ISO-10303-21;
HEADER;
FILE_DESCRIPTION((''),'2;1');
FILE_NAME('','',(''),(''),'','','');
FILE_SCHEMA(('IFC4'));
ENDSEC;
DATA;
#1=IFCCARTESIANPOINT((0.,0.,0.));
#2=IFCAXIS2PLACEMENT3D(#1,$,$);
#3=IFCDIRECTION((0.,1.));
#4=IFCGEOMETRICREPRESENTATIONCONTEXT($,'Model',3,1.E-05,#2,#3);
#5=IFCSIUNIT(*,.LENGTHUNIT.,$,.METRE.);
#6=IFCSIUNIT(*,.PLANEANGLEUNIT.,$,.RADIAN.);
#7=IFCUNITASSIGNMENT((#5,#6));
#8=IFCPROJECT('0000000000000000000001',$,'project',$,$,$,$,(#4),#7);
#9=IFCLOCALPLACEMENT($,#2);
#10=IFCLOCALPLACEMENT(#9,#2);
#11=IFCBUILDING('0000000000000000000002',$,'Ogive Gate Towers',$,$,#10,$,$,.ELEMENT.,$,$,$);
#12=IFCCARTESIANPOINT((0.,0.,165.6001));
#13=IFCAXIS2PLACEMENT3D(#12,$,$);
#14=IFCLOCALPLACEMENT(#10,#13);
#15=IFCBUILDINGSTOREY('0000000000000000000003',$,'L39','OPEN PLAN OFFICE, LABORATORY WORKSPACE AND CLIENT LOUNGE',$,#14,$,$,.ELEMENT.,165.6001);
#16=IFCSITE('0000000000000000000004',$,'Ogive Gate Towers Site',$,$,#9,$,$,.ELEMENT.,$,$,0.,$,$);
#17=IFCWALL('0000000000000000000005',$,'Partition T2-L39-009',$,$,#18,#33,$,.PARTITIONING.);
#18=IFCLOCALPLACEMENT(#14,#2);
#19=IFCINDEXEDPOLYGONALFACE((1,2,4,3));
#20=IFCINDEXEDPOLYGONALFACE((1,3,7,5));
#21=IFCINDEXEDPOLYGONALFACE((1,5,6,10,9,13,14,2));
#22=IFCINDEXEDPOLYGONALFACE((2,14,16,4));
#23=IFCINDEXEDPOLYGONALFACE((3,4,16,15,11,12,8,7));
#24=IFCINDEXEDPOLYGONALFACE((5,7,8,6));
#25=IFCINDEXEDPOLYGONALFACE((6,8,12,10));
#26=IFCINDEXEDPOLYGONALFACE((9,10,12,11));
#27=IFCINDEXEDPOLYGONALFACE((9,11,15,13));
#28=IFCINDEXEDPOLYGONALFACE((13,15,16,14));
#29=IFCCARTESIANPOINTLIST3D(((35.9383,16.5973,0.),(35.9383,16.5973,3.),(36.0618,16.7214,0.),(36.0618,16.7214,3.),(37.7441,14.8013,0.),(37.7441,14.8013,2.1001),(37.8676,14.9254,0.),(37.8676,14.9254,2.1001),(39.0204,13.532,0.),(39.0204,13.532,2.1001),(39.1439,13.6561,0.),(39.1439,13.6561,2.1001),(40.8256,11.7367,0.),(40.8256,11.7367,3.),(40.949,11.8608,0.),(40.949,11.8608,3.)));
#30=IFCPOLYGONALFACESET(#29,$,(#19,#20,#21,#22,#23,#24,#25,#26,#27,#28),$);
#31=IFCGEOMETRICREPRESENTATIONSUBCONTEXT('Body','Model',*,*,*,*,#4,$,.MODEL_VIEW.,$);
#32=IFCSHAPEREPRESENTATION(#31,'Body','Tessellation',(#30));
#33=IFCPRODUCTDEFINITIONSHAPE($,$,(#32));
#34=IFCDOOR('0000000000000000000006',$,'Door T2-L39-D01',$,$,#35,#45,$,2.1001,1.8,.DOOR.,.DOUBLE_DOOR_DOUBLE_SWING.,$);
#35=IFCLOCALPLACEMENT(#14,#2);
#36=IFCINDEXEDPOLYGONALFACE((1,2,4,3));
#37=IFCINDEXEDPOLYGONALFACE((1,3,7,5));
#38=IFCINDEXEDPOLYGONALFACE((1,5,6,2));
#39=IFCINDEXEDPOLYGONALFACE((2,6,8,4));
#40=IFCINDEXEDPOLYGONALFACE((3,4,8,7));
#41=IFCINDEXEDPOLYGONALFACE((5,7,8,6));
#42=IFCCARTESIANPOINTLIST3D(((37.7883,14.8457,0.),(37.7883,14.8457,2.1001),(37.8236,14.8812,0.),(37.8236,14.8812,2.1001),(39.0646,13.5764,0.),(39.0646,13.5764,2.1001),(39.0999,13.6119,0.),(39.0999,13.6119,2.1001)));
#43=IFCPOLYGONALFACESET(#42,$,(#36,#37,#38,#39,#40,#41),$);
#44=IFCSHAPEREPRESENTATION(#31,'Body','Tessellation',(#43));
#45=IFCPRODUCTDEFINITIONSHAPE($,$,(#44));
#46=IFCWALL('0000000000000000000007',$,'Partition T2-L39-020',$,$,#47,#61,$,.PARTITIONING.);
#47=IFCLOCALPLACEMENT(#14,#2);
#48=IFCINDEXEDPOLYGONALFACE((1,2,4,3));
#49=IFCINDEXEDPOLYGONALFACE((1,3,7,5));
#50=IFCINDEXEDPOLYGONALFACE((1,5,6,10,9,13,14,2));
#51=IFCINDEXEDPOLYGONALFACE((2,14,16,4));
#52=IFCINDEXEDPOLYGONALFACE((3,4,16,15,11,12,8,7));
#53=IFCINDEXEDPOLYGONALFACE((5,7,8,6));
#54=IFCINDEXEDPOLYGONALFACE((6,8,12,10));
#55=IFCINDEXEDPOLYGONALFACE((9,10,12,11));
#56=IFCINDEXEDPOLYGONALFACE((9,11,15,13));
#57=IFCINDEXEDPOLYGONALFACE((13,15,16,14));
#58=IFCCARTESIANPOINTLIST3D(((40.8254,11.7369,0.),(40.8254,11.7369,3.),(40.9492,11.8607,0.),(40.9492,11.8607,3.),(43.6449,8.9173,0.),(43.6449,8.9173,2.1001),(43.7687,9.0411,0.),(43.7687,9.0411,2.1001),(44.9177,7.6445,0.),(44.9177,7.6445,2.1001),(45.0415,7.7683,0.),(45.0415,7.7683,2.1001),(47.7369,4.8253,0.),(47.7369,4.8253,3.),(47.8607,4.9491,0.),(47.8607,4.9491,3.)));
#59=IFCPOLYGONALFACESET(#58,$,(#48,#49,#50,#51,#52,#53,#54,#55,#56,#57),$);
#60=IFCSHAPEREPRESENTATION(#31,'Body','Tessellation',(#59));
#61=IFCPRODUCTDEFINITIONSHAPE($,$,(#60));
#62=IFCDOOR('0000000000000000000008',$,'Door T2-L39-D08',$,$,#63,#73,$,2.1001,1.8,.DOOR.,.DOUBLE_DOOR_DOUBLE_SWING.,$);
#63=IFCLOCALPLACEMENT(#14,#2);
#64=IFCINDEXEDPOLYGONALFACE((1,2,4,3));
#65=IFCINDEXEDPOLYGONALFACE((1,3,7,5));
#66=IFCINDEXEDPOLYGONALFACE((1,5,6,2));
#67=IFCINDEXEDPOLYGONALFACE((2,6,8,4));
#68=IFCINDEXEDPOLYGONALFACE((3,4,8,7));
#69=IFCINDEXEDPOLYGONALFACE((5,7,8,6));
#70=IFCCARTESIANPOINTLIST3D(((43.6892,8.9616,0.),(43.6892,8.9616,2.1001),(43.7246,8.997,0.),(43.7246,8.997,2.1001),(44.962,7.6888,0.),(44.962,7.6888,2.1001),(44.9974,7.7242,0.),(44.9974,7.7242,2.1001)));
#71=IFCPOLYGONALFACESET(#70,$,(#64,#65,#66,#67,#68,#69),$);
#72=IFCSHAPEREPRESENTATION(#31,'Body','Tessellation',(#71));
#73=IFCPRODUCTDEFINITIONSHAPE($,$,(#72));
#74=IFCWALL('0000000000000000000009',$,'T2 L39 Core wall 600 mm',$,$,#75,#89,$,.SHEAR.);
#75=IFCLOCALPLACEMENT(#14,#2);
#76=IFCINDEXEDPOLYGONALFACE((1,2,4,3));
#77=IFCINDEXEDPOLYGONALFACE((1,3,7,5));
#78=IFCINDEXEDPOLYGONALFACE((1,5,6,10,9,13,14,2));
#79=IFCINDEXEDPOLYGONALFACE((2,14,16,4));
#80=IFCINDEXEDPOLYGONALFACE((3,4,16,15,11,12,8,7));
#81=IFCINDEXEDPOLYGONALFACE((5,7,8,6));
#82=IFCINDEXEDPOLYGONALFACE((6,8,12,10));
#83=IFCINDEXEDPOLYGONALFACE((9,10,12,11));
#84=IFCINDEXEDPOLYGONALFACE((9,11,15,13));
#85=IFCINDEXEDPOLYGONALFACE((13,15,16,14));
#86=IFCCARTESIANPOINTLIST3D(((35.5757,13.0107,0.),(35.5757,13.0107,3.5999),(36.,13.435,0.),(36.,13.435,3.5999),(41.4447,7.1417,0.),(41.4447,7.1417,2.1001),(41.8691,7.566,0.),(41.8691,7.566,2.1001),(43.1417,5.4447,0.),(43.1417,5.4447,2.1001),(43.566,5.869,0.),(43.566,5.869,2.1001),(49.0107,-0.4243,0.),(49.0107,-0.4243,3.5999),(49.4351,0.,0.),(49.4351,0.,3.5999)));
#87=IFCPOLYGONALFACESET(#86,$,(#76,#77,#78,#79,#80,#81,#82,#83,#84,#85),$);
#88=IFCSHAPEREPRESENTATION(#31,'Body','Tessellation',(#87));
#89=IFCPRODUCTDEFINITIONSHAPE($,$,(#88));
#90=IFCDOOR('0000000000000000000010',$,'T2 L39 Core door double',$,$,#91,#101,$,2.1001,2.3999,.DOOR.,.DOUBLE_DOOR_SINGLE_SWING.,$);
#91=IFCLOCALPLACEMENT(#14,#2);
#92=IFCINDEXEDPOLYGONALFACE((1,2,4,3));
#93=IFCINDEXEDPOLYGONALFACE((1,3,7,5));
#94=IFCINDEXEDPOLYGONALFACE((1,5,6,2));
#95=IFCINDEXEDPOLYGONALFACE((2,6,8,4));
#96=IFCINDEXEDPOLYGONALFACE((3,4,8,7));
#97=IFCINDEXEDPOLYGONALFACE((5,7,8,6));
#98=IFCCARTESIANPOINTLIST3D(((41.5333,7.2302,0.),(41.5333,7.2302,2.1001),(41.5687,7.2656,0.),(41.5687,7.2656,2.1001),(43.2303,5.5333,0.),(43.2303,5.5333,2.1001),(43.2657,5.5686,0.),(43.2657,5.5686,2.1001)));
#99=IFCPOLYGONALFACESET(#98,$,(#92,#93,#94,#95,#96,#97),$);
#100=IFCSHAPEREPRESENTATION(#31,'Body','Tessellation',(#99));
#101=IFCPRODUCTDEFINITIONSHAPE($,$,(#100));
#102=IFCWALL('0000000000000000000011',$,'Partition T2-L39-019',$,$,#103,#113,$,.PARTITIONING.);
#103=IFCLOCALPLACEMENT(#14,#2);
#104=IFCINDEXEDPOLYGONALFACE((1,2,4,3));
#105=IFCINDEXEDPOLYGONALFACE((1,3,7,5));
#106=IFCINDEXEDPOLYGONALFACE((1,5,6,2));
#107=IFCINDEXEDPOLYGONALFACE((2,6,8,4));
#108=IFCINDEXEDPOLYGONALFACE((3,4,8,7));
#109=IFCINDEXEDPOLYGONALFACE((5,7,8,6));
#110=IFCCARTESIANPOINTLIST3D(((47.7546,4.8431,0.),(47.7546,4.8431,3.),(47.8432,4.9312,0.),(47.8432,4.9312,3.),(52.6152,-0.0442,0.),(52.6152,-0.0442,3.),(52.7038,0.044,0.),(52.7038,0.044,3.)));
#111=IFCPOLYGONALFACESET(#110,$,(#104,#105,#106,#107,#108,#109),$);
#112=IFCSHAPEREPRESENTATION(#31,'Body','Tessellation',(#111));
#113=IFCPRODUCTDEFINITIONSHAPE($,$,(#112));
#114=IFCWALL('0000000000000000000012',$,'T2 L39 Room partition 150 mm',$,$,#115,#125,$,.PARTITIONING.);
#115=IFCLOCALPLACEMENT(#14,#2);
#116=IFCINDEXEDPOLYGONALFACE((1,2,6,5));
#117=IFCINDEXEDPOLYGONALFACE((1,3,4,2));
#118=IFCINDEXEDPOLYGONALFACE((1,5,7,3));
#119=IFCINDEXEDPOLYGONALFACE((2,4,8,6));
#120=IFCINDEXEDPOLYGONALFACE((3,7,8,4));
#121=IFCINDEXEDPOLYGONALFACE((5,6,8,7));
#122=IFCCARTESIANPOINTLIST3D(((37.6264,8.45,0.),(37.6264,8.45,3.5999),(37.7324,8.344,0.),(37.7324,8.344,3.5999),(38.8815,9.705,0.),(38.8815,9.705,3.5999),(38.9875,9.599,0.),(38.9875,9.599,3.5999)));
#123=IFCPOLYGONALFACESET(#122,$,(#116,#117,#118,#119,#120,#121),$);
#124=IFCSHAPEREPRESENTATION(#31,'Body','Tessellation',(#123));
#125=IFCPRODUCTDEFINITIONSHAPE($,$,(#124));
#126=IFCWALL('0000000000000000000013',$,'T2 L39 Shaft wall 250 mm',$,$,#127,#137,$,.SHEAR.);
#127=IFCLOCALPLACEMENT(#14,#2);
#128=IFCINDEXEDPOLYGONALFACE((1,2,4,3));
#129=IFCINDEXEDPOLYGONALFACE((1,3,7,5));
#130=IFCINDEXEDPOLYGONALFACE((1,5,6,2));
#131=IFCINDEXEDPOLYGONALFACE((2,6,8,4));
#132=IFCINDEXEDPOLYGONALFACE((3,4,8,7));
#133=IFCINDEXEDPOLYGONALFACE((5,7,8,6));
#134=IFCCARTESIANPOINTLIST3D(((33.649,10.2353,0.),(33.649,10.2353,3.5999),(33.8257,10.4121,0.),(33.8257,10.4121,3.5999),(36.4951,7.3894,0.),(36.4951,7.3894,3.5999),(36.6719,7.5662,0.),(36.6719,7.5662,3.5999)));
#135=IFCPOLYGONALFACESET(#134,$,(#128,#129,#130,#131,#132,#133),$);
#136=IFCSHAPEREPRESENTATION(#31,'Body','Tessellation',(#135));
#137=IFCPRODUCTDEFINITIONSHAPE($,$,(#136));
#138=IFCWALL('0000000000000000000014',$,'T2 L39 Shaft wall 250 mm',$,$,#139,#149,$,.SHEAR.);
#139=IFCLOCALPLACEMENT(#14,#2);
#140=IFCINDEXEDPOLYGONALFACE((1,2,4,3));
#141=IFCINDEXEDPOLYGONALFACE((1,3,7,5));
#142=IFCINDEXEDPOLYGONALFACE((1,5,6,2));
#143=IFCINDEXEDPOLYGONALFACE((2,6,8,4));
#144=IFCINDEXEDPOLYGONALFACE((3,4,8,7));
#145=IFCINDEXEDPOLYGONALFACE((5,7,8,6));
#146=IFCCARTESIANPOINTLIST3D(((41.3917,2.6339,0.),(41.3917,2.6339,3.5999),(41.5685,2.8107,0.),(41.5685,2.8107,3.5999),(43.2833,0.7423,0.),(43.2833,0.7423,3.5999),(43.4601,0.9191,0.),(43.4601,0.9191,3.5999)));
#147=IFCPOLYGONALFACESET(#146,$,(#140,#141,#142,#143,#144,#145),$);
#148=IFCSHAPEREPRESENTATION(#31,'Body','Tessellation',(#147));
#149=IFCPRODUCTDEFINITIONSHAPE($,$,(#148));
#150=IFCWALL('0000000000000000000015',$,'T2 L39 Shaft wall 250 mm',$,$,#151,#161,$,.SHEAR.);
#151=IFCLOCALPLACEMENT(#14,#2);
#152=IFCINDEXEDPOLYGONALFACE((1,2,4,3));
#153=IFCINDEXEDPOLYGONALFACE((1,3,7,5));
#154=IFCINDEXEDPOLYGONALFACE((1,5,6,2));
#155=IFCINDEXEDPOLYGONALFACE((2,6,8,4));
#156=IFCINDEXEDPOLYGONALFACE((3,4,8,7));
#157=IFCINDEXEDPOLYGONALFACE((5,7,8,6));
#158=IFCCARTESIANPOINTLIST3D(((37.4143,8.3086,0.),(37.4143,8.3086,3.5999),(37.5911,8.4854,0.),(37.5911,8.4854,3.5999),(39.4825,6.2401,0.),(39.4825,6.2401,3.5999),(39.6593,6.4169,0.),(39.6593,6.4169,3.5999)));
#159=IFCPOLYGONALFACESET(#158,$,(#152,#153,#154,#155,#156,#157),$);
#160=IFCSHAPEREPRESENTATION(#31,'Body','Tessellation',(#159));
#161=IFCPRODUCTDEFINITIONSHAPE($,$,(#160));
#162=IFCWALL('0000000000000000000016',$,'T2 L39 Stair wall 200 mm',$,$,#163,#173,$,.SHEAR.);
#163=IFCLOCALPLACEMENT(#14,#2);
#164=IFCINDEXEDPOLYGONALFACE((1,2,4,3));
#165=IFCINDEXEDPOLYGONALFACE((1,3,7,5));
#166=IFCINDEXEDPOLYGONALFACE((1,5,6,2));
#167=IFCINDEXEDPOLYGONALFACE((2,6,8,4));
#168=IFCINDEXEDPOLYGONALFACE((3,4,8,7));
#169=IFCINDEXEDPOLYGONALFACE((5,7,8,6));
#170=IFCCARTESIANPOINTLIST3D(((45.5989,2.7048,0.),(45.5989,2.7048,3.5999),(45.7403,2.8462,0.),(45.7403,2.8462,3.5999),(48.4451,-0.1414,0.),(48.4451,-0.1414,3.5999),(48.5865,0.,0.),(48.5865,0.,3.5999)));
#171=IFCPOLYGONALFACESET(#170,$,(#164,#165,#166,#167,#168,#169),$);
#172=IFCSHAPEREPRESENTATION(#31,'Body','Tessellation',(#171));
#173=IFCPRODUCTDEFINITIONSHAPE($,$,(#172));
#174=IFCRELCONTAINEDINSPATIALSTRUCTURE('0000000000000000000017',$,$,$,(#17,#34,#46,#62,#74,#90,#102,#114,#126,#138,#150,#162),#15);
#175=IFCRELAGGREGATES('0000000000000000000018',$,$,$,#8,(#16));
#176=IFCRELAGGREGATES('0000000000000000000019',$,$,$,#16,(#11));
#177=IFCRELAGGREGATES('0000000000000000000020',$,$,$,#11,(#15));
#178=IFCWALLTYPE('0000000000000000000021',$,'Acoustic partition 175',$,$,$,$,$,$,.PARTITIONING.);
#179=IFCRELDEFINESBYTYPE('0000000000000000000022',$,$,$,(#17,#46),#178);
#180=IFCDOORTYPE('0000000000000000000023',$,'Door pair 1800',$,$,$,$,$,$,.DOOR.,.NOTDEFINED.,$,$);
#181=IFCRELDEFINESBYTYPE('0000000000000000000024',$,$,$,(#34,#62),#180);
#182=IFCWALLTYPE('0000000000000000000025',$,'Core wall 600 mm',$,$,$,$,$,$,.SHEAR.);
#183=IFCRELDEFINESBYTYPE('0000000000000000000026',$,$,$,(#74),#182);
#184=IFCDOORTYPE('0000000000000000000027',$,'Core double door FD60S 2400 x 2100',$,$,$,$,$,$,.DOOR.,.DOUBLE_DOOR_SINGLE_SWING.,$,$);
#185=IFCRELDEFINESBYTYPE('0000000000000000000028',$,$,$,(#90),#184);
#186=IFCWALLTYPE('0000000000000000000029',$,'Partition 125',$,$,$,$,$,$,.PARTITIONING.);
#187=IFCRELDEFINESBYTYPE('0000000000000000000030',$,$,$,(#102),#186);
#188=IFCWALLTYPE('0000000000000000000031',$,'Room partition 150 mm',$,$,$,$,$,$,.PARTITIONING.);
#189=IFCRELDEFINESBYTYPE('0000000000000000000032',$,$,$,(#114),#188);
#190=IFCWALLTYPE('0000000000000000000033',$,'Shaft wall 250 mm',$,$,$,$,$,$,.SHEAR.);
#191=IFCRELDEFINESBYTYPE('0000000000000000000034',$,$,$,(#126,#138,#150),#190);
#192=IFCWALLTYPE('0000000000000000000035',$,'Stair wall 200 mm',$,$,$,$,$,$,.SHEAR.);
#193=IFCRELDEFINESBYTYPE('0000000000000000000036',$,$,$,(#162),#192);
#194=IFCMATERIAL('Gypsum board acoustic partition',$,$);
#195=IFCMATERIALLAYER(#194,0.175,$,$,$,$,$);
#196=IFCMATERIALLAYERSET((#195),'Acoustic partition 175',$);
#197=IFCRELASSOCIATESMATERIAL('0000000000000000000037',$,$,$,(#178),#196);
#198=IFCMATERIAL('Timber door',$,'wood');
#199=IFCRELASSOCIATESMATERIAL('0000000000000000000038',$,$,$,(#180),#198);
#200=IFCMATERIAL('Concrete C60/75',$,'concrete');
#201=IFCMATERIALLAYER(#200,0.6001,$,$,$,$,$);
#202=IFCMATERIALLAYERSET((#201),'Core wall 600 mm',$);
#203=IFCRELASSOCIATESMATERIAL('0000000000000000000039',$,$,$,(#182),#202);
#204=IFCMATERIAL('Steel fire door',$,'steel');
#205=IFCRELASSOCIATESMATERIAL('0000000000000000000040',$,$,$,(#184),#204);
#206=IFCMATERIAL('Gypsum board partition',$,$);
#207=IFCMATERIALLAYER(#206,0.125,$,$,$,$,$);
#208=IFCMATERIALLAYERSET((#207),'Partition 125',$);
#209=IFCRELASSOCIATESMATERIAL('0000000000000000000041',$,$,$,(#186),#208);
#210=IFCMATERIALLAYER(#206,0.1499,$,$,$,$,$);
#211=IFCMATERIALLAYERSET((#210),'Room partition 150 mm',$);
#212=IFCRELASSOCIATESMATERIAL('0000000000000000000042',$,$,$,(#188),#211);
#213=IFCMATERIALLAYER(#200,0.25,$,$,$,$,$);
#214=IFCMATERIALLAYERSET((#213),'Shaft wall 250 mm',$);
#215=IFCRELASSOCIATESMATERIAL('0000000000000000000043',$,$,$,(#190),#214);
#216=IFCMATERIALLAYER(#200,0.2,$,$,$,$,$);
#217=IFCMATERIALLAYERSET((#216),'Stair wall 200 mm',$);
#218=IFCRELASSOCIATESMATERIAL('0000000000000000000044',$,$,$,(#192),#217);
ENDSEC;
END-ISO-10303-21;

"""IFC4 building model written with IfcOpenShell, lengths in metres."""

from ifc_helpers import new_model, si_unit, direction, frame, frame_2d, origin, place, context, subcontext, project, spatial, rectangle, extrude, material, layer, layer_set, type_object, element, fill, save


model = new_model("IFC4")

# Units and contexts
model_context = context("Model", 3, precision=1e-05, world=origin(), true_north=direction((0.0, 1.0)))
body_context = subcontext(model_context, "Body", "Model", "MODEL_VIEW")
ifc_project = project(units=[si_unit("LENGTHUNIT", "METRE"), si_unit("PLANEANGLEUNIT", "RADIAN")], contexts=[model_context])

# Site, building, storey
site_placement = place(None, origin())
site = spatial("IfcSite", under=ifc_project, at=site_placement, Name="Ogive Gate Towers Site", CompositionType="ELEMENT", RefElevation=0.0)
building_placement = place(site_placement, origin())
building = spatial("IfcBuilding", under=site, at=building_placement, Name="Ogive Gate Towers", CompositionType="ELEMENT")
storey_placement = place(building_placement, frame((0.0, 0.0, 165.6001)))
storey = spatial("IfcBuildingStorey", under=building, at=storey_placement, Name="L39", Description="OPEN PLAN OFFICE, LABORATORY WORKSPACE AND CLIENT LOUNGE", CompositionType="ELEMENT", Elevation=165.6001)

# Shared definitions
ifc_material_1 = material(Name="Gypsum board acoustic partition")
ifc_layer_1 = layer(ifc_material_1, 0.175)
ifc_layer_set_1 = layer_set([ifc_layer_1], Name="Acoustic partition 175")
wall_type_1 = type_object("IfcWallType", Name="Acoustic partition 175", PredefinedType="PARTITIONING", material=ifc_layer_set_1)

# Walls, openings, doors
wall_1_placement = place(storey_placement, frame((40.8872, 11.7988, 0.0), z_axis=(0.0, 0.0, 1.0), x_axis=(-0.709035, 0.705174, 0.0)))
wall_1 = element("IfcWall", 1, at=wall_1_placement, inside=storey, type_object=wall_type_1, Name="Partition T2-L39-009", PredefinedType="PARTITIONING", context=body_context, shape_type="SweptSolid", body=[
    extrude(rectangle(XDim=6.8928, YDim=0.175, at=frame_2d((3.4463, 0.0))), origin(), (0.0, 0.0, 1.0), 3.0),
])
opening_1_placement = place(wall_1_placement, frame((2.5459, 0.0, 0.0)))
opening_1 = element("IfcOpeningElement", 2, at=opening_1_placement, cuts=wall_1, PredefinedType="OPENING", context=body_context, shape_type="SweptSolid", body=[
    extrude(rectangle(XDim=1.8, YDim=2.1001, at=frame_2d((0.8999, 1.05))), frame((0.0, 0.0977, 0.0), z_axis=(0.0, -1.0, 0.0), x_axis=(1.0, 0.0, 0.0)), (0.0, 0.0, 1.0), 0.1951),
])
ifc_material_2 = material(Name="Timber door", Category="wood")
door_type_1 = type_object("IfcDoorType", Name="Door pair 1800", OperationType="NOTDEFINED", PredefinedType="DOOR", material=ifc_material_2)
door_1_placement = place(opening_1_placement, origin())
door_1 = element("IfcDoor", 3, at=door_1_placement, inside=storey, type_object=door_type_1, Name="Door T2-L39-D01", OperationType="DOUBLE_DOOR_DOUBLE_SWING", OverallHeight=2.1001, OverallWidth=1.8, PredefinedType="DOOR", context=body_context, shape_type="SweptSolid", body=[
    extrude(rectangle(XDim=1.8, YDim=2.1001, at=frame_2d((0.8999, 1.05))), frame((0.0, 0.0249, 0.0), z_axis=(0.0, -1.0, 0.0), x_axis=(1.0, 0.0, 0.0)), (0.0, 0.0, 1.0), 0.05),
])
fill(opening_1, door_1)
wall_2_placement = place(storey_placement, frame((47.7988, 4.8872, 0.0), z_axis=(0.0, 0.0, 1.0), x_axis=(-0.707107, 0.707107, 0.0)))
wall_2 = element("IfcWall", 4, at=wall_2_placement, inside=storey, type_object=wall_type_1, Name="Partition T2-L39-020", PredefinedType="PARTITIONING", context=body_context, shape_type="SweptSolid", body=[
    extrude(rectangle(XDim=9.7744, YDim=0.175, at=frame_2d((4.8872, 0.0))), origin(), (0.0, 0.0, 1.0), 3.0),
])
opening_2_placement = place(wall_2_placement, frame((3.9871, 0.0, 0.0)))
opening_2 = element("IfcOpeningElement", 5, at=opening_2_placement, cuts=wall_2, PredefinedType="OPENING", context=body_context, shape_type="SweptSolid", body=[
    extrude(rectangle(XDim=1.8, YDim=2.1001, at=frame_2d((0.8999, 1.05))), frame((0.0, 0.0977, 0.0), z_axis=(0.0, -1.0, 0.0), x_axis=(1.0, 0.0, 0.0)), (0.0, 0.0, 1.0), 0.1951),
])
door_2_placement = place(opening_2_placement, origin())
door_2 = element("IfcDoor", 6, at=door_2_placement, inside=storey, type_object=door_type_1, Name="Door T2-L39-D08", OperationType="DOUBLE_DOOR_DOUBLE_SWING", OverallHeight=2.1001, OverallWidth=1.8, PredefinedType="DOOR", context=body_context, shape_type="SweptSolid", body=[
    extrude(rectangle(XDim=1.8, YDim=2.1001, at=frame_2d((0.8999, 1.05))), frame((0.0, 0.0249, 0.0), z_axis=(0.0, -1.0, 0.0), x_axis=(1.0, 0.0, 0.0)), (0.0, 0.0, 1.0), 0.05),
])
fill(opening_2, door_2)
ifc_material_3 = material(Name="Concrete C60/75", Category="concrete")
ifc_layer_2 = layer(ifc_material_3, 0.6001)
ifc_layer_set_2 = layer_set([ifc_layer_2], Name="Core wall 600 mm")
wall_type_2 = type_object("IfcWallType", Name="Core wall 600 mm", PredefinedType="SHEAR", material=ifc_layer_set_2)
wall_3_placement = place(storey_placement, frame((49.2229, -0.2122, 0.0), z_axis=(0.0, 0.0, 1.0), x_axis=(-0.707107, 0.707107, 0.0)))
wall_3 = element("IfcWall", 7, at=wall_3_placement, inside=storey, type_object=wall_type_2, Name="T2 L39 Core wall 600 mm", PredefinedType="SHEAR", context=body_context, shape_type="SweptSolid", body=[
    extrude(rectangle(XDim=19.0, YDim=0.6001, at=frame_2d((9.5, 0.0))), origin(), (0.0, 0.0, 1.0), 3.5999),
])
opening_3_placement = place(wall_3_placement, frame((8.3, 0.0, 0.0)))
opening_3 = element("IfcOpeningElement", 8, at=opening_3_placement, cuts=wall_3, PredefinedType="OPENING", context=body_context, shape_type="SweptSolid", body=[
    extrude(rectangle(XDim=2.3999, YDim=2.1001, at=frame_2d((1.2, 1.05))), frame((0.0, 0.3101, 0.0), z_axis=(0.0, -1.0, 0.0), x_axis=(1.0, 0.0, 0.0)), (0.0, 0.0, 1.0), 0.6201),
])
ifc_material_4 = material(Name="Steel fire door", Category="steel")
door_type_2 = type_object("IfcDoorType", Name="Core double door FD60S 2400 x 2100", OperationType="DOUBLE_DOOR_SINGLE_SWING", PredefinedType="DOOR", material=ifc_material_4)
door_3_placement = place(opening_3_placement, origin())
door_3 = element("IfcDoor", 9, at=door_3_placement, inside=storey, type_object=door_type_2, Name="T2 L39 Core door double", OperationType="DOUBLE_DOOR_SINGLE_SWING", OverallHeight=2.1001, OverallWidth=2.3999, PredefinedType="DOOR", context=body_context, shape_type="SweptSolid", body=[
    extrude(rectangle(XDim=2.3999, YDim=2.1001, at=frame_2d((1.2, 1.05))), frame((0.0, 0.1748, 0.0), z_axis=(0.0, -1.0, 0.0), x_axis=(1.0, 0.0, 0.0)), (0.0, 0.0, 1.0), 0.05),
])
fill(opening_3, door_3)

# Walls
ifc_material_5 = material(Name="Gypsum board partition")
ifc_layer_3 = layer(ifc_material_5, 0.125)
ifc_layer_set_3 = layer_set([ifc_layer_3], Name="Partition 125")
wall_type_3 = type_object("IfcWallType", Name="Partition 125", PredefinedType="PARTITIONING", material=ifc_layer_set_3)
wall_4_placement = place(storey_placement, frame((52.6594, 0.0, 0.0), z_axis=(0.0, 0.0, 1.0), x_axis=(-0.705174, 0.709035, 0.0)))
element("IfcWall", 10, at=wall_4_placement, inside=storey, type_object=wall_type_3, Name="Partition T2-L39-019", PredefinedType="PARTITIONING", context=body_context, shape_type="SweptSolid", body=[
    extrude(rectangle(XDim=6.8928, YDim=0.125, at=frame_2d((3.4463, 0.0))), origin(), (0.0, 0.0, 1.0), 3.0),
])
ifc_layer_4 = layer(ifc_material_5, 0.1499)
ifc_layer_set_4 = layer_set([ifc_layer_4], Name="Room partition 150 mm")
wall_type_4 = type_object("IfcWallType", Name="Room partition 150 mm", PredefinedType="PARTITIONING", material=ifc_layer_set_4)
wall_5_placement = place(storey_placement, frame((37.6794, 8.397, 0.0), z_axis=(0.0, 0.0, 1.0), x_axis=(0.707107, 0.707107, 0.0)))
element("IfcWall", 11, at=wall_5_placement, inside=storey, type_object=wall_type_4, Name="T2 L39 Room partition 150 mm", PredefinedType="PARTITIONING", context=body_context, shape_type="SweptSolid", body=[
    extrude(rectangle(XDim=1.7749, YDim=0.1499, at=frame_2d((0.8875, 0.0))), origin(), (0.0, 0.0, 1.0), 3.5999),
])
ifc_layer_5 = layer(ifc_material_3, 0.25)
ifc_layer_set_5 = layer_set([ifc_layer_5], Name="Shaft wall 250 mm")
wall_type_5 = type_object("IfcWallType", Name="Shaft wall 250 mm", PredefinedType="SHEAR", material=ifc_layer_set_5)
wall_6_placement = place(storey_placement, frame((36.5835, 7.4778, 0.0), z_axis=(0.0, 0.0, 1.0), x_axis=(-0.707137, 0.707076, 0.0)))
element("IfcWall", 12, at=wall_6_placement, inside=storey, type_object=wall_type_5, Name="T2 L39 Shaft wall 250 mm", PredefinedType="SHEAR", context=body_context, shape_type="SweptSolid", body=[
    extrude(rectangle(XDim=4.0249, YDim=0.25, at=frame_2d((2.0125, 0.0))), origin(), (0.0, 0.0, 1.0), 3.5999),
])
wall_7_placement = place(storey_placement, frame((43.3716, 0.8308, 0.0), z_axis=(0.0, 0.0, 1.0), x_axis=(-0.707107, 0.707107, 0.0)))
element("IfcWall", 13, at=wall_7_placement, inside=storey, type_object=wall_type_5, Name="T2 L39 Shaft wall 250 mm", PredefinedType="SHEAR", context=body_context, shape_type="SweptSolid", body=[
    extrude(rectangle(XDim=2.675, YDim=0.25, at=frame_2d((1.3374, 0.0))), origin(), (0.0, 0.0, 1.0), 3.5999),
])
wall_8_placement = place(storey_placement, frame((39.5708, 6.3286, 0.0), z_axis=(0.0, 0.0, 1.0), x_axis=(-0.707065, 0.707149, 0.0)))
element("IfcWall", 14, at=wall_8_placement, inside=storey, type_object=wall_type_5, Name="T2 L39 Shaft wall 250 mm", PredefinedType="SHEAR", context=body_context, shape_type="SweptSolid", body=[
    extrude(rectangle(XDim=2.925, YDim=0.25, at=frame_2d((1.4624, 0.0))), origin(), (0.0, 0.0, 1.0), 3.5999),
])
ifc_layer_6 = layer(ifc_material_3, 0.2)
ifc_layer_set_6 = layer_set([ifc_layer_6], Name="Stair wall 200 mm")
wall_type_6 = type_object("IfcWallType", Name="Stair wall 200 mm", PredefinedType="SHEAR", material=ifc_layer_set_6)
wall_9_placement = place(storey_placement, frame((48.5159, -0.0708, 0.0), z_axis=(0.0, 0.0, 1.0), x_axis=(-0.707107, 0.707107, 0.0)))
element("IfcWall", 15, at=wall_9_placement, inside=storey, type_object=wall_type_6, Name="T2 L39 Stair wall 200 mm", PredefinedType="SHEAR", context=body_context, shape_type="SweptSolid", body=[
    extrude(rectangle(XDim=4.0251, YDim=0.2, at=frame_2d((2.0127, 0.0))), origin(), (0.0, 0.0, 1.0), 3.5999),
])

save(model, "model.ifc")
